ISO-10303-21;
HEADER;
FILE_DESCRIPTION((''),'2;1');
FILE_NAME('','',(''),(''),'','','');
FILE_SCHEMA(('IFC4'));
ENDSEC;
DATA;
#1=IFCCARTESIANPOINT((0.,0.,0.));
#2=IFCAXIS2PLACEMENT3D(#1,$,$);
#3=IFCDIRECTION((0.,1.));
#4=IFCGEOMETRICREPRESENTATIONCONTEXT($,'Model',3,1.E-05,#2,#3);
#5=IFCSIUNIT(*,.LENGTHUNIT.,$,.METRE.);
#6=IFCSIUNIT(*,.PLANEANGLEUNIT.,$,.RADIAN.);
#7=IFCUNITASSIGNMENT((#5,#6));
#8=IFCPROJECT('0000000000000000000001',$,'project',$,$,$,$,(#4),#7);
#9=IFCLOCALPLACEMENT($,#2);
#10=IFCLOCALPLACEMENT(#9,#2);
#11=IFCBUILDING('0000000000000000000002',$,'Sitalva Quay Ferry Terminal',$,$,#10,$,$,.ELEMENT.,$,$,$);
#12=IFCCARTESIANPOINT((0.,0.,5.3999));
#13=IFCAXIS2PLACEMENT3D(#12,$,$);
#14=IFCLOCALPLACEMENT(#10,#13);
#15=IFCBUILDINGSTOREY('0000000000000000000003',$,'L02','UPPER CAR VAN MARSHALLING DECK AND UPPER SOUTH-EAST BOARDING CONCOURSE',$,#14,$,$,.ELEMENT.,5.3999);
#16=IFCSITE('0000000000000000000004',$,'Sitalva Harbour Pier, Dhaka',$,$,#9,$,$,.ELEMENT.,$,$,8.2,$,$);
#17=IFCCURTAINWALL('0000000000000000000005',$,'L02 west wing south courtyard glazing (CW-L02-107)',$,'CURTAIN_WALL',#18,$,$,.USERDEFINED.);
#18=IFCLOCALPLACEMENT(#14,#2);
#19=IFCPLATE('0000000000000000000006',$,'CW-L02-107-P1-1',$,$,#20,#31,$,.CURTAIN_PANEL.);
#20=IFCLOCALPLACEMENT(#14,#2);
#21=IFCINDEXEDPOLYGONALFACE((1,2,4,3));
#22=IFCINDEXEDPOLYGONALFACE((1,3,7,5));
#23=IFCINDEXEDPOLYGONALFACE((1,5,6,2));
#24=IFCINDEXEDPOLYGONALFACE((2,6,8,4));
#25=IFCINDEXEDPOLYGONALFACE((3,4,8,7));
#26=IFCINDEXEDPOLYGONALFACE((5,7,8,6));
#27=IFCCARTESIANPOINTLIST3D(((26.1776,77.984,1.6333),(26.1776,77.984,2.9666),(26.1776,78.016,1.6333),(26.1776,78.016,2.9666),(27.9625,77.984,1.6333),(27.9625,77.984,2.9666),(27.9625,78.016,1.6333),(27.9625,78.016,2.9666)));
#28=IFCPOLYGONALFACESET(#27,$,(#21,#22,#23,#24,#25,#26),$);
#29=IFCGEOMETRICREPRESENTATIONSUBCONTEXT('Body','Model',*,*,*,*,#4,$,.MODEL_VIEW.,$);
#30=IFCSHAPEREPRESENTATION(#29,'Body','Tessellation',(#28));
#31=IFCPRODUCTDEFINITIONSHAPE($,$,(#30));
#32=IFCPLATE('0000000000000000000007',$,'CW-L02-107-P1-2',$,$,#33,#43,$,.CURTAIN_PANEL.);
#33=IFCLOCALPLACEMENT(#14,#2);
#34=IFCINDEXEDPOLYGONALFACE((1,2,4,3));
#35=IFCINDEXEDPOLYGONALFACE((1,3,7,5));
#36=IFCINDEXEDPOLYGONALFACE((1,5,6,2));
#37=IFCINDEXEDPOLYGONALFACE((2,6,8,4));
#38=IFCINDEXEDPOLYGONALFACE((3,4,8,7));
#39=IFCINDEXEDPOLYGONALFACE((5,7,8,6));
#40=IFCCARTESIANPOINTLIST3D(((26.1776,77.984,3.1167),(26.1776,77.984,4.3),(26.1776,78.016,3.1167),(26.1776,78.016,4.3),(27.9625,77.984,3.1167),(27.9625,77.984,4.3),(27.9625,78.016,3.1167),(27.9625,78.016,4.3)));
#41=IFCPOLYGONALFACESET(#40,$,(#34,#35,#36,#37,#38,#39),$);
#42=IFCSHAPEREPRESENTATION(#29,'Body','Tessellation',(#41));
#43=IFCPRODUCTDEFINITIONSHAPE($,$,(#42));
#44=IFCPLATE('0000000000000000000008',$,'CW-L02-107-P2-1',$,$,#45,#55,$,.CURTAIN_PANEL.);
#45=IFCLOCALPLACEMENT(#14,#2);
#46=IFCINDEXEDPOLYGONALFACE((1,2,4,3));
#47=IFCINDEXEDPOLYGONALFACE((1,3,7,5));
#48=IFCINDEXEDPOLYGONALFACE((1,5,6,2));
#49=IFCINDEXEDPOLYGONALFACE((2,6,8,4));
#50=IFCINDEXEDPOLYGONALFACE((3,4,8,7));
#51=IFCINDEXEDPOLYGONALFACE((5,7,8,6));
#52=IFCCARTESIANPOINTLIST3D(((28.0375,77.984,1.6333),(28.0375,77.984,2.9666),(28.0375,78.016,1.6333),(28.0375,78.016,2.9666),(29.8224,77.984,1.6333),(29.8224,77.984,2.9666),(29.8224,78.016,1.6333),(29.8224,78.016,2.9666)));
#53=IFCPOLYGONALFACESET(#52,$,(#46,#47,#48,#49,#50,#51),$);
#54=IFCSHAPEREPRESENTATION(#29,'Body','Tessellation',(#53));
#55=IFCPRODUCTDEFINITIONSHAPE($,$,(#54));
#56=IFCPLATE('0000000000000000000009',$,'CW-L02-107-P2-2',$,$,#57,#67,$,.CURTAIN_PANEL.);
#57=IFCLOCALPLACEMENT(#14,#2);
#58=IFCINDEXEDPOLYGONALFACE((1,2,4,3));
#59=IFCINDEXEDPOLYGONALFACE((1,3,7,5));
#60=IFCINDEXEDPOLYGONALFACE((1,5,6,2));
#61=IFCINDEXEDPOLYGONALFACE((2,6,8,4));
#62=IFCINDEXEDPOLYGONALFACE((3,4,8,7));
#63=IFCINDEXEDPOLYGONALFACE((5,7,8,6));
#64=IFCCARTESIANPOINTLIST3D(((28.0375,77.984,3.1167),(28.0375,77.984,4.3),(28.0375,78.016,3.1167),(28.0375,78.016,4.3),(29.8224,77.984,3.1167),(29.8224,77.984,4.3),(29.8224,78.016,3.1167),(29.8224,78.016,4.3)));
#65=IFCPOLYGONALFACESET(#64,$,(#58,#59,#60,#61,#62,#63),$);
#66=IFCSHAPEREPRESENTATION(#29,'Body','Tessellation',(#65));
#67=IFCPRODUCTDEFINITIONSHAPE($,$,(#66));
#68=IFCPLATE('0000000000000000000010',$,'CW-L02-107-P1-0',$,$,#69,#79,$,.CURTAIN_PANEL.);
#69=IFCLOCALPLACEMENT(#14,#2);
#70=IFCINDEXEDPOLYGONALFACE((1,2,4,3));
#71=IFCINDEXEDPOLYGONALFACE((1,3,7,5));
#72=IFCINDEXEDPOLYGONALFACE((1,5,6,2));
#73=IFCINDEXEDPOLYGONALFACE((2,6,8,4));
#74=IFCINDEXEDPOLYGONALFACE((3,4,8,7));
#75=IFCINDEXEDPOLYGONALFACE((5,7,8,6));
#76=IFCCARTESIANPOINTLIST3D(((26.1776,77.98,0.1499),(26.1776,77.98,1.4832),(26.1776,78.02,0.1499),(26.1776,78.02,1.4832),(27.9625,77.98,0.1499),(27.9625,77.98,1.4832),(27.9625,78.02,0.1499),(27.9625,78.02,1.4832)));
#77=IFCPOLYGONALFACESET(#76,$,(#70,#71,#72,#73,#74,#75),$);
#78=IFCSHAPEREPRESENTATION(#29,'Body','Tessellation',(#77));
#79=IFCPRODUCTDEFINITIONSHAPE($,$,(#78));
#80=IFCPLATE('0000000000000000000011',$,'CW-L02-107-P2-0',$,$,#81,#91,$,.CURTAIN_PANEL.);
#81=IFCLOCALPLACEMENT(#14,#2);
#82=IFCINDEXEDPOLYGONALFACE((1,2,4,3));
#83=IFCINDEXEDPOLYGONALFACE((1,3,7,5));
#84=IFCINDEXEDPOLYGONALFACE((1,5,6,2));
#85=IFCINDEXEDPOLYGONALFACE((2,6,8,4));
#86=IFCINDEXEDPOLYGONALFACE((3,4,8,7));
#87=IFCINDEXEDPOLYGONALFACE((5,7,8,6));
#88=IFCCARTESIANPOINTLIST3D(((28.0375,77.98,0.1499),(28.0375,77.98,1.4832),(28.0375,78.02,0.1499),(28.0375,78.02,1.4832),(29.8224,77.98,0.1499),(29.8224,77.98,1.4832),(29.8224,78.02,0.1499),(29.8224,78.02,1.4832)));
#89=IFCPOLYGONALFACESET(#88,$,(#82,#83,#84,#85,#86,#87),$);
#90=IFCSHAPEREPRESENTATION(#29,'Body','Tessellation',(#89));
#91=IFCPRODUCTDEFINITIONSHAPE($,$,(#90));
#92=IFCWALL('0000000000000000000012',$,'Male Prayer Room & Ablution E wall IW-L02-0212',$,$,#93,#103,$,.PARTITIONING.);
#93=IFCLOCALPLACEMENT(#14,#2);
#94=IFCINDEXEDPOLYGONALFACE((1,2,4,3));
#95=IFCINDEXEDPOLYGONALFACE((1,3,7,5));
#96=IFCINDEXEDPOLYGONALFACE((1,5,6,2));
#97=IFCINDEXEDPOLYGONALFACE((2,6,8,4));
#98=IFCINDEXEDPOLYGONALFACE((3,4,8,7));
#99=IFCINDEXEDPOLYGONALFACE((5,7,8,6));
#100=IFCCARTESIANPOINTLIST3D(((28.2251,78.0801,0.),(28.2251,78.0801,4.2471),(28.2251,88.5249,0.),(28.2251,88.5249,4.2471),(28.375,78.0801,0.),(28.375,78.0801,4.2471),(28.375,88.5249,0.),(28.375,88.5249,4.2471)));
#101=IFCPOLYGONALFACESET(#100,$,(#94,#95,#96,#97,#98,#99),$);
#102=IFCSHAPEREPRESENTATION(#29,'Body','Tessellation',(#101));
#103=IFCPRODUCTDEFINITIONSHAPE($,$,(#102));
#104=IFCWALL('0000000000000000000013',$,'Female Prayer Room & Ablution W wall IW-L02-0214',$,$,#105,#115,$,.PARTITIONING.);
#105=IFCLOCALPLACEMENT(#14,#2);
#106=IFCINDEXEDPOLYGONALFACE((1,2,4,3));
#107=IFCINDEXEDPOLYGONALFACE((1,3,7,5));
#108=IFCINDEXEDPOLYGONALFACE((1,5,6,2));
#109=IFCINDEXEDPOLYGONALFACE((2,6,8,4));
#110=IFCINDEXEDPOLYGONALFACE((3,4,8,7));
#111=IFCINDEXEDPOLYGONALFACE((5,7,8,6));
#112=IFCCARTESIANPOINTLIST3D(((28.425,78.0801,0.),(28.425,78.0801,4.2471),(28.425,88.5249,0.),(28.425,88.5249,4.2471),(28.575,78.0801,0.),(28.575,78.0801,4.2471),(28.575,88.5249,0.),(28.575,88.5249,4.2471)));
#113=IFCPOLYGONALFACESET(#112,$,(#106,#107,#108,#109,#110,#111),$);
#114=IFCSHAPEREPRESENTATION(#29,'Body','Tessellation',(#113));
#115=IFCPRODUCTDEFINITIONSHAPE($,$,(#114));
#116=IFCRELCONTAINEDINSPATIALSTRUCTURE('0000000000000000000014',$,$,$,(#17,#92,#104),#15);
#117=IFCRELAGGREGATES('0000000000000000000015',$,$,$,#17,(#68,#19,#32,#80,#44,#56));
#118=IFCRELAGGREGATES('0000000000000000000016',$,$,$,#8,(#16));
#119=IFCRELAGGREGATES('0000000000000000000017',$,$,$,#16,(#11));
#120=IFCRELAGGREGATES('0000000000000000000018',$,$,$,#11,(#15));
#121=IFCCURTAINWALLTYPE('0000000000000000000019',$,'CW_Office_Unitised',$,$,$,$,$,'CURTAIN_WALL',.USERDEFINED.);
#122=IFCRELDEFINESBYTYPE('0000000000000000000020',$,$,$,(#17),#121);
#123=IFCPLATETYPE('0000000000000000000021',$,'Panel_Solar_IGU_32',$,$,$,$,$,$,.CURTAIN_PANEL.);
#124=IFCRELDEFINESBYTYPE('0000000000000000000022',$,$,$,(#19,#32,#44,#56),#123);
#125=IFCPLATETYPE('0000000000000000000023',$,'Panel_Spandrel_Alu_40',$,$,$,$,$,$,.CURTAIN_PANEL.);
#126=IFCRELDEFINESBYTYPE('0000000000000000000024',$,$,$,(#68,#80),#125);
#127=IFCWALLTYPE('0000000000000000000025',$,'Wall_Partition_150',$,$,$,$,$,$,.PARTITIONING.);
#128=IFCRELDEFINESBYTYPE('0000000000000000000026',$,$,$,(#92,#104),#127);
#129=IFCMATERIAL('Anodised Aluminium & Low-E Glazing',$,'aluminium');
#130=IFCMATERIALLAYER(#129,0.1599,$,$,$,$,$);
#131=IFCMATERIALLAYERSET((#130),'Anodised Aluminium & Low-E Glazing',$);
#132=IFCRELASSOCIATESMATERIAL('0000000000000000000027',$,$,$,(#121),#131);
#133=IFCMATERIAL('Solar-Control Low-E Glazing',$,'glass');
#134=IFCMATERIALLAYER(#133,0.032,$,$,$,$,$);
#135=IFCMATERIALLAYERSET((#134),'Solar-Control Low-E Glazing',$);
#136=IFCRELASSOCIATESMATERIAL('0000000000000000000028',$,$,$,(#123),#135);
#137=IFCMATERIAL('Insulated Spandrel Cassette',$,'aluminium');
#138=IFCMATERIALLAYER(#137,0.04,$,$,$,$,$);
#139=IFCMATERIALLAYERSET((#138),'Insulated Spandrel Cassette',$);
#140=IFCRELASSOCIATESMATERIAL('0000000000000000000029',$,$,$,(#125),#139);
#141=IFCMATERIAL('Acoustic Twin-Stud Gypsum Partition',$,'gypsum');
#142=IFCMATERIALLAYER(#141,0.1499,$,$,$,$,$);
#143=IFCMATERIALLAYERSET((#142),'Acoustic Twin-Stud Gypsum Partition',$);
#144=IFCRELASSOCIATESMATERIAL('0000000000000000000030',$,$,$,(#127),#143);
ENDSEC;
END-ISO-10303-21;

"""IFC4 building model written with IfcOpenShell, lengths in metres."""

from ifc_helpers import new_model, si_unit, direction, frame, frame_2d, origin, origin_2d, place, context, subcontext, project, spatial, rectangle, extrude, material, layer, layer_set, type_object, element, aggregate, save


model = new_model("IFC4")

# Units and contexts
model_context = context("Model", 3, precision=1e-05, world=origin(), true_north=direction((0.0, 1.0)))
body_context = subcontext(model_context, "Body", "Model", "MODEL_VIEW")
ifc_project = project(units=[si_unit("LENGTHUNIT", "METRE"), si_unit("PLANEANGLEUNIT", "RADIAN")], contexts=[model_context])

# Site, building, storey
site_placement = place(None, origin())
site = spatial("IfcSite", under=ifc_project, at=site_placement, Name="Sitalva Harbour Pier, Dhaka", CompositionType="ELEMENT", RefElevation=8.2)
building_placement = place(site_placement, origin())
building = spatial("IfcBuilding", under=site, at=building_placement, Name="Sitalva Quay Ferry Terminal", CompositionType="ELEMENT")
storey_placement = place(building_placement, frame((0.0, 0.0, 5.3999)))
storey = spatial("IfcBuildingStorey", under=building, at=storey_placement, Name="L02", Description="UPPER CAR VAN MARSHALLING DECK AND UPPER SOUTH-EAST BOARDING CONCOURSE", CompositionType="ELEMENT", Elevation=5.3999)

# Curtain wall, plates
ifc_material_1 = material(Name="Anodised Aluminium & Low-E Glazing", Category="aluminium")
ifc_layer_1 = layer(ifc_material_1, 0.1599)
ifc_layer_set_1 = layer_set([ifc_layer_1], Name="Anodised Aluminium & Low-E Glazing")
curtain_wall_type = type_object("IfcCurtainWallType", Name="CW_Office_Unitised", ElementType="CURTAIN_WALL", PredefinedType="USERDEFINED", material=ifc_layer_set_1)
curtain_wall_placement = place(storey_placement, origin())
curtain_wall = element("IfcCurtainWall", 1, at=curtain_wall_placement, inside=storey, type_object=curtain_wall_type, Name="L02 west wing south courtyard glazing (CW-L02-107)", ObjectType="CURTAIN_WALL", PredefinedType="USERDEFINED")
ifc_material_2 = material(Name="Solar-Control Low-E Glazing", Category="glass")
ifc_layer_2 = layer(ifc_material_2, 0.032)
ifc_layer_set_2 = layer_set([ifc_layer_2], Name="Solar-Control Low-E Glazing")
plate_type_1 = type_object("IfcPlateType", Name="Panel_Solar_IGU_32", PredefinedType="CURTAIN_PANEL", material=ifc_layer_set_2)
plate_1_placement = place(storey_placement, frame((27.0701, 78.0, 1.6333), z_axis=(0.0, 0.0, 1.0), x_axis=(1.0, 0.0, 0.0)))
plate_1 = element("IfcPlate", 2, at=plate_1_placement, type_object=plate_type_1, Name="CW-L02-107-P1-1", PredefinedType="CURTAIN_PANEL", context=body_context, shape_type="SweptSolid", body=[
    extrude(rectangle(XDim=1.7849, YDim=0.032, at=origin_2d()), origin(), (0.0, 0.0, 1.0), 1.3333),
])
plate_2_placement = place(storey_placement, frame((27.0701, 78.0, 3.1167), z_axis=(0.0, 0.0, 1.0), x_axis=(1.0, 0.0, 0.0)))
plate_2 = element("IfcPlate", 3, at=plate_2_placement, type_object=plate_type_1, Name="CW-L02-107-P1-2", PredefinedType="CURTAIN_PANEL", context=body_context, shape_type="SweptSolid", body=[
    extrude(rectangle(XDim=1.7849, YDim=0.032, at=origin_2d()), origin(), (0.0, 0.0, 1.0), 1.1833),
])
plate_3_placement = place(storey_placement, frame((28.9299, 78.0, 1.6333), z_axis=(0.0, 0.0, 1.0), x_axis=(1.0, 0.0, 0.0)))
plate_3 = element("IfcPlate", 4, at=plate_3_placement, type_object=plate_type_1, Name="CW-L02-107-P2-1", PredefinedType="CURTAIN_PANEL", context=body_context, shape_type="SweptSolid", body=[
    extrude(rectangle(XDim=1.7849, YDim=0.032, at=origin_2d()), origin(), (0.0, 0.0, 1.0), 1.3333),
])
plate_4_placement = place(storey_placement, frame((28.9299, 78.0, 3.1167), z_axis=(0.0, 0.0, 1.0), x_axis=(1.0, 0.0, 0.0)))
plate_4 = element("IfcPlate", 5, at=plate_4_placement, type_object=plate_type_1, Name="CW-L02-107-P2-2", PredefinedType="CURTAIN_PANEL", context=body_context, shape_type="SweptSolid", body=[
    extrude(rectangle(XDim=1.7849, YDim=0.032, at=origin_2d()), origin(), (0.0, 0.0, 1.0), 1.1833),
])
ifc_material_3 = material(Name="Insulated Spandrel Cassette", Category="aluminium")
ifc_layer_3 = layer(ifc_material_3, 0.04)
ifc_layer_set_3 = layer_set([ifc_layer_3], Name="Insulated Spandrel Cassette")
plate_type_2 = type_object("IfcPlateType", Name="Panel_Spandrel_Alu_40", PredefinedType="CURTAIN_PANEL", material=ifc_layer_set_3)
plate_5_placement = place(storey_placement, frame((27.0701, 78.0, 0.1499), z_axis=(0.0, 0.0, 1.0), x_axis=(1.0, 0.0, 0.0)))
plate_5 = element("IfcPlate", 6, at=plate_5_placement, type_object=plate_type_2, Name="CW-L02-107-P1-0", PredefinedType="CURTAIN_PANEL", context=body_context, shape_type="SweptSolid", body=[
    extrude(rectangle(XDim=1.7849, YDim=0.04, at=origin_2d()), origin(), (0.0, 0.0, 1.0), 1.3333),
])
plate_6_placement = place(storey_placement, frame((28.9299, 78.0, 0.1499), z_axis=(0.0, 0.0, 1.0), x_axis=(1.0, 0.0, 0.0)))
plate_6 = element("IfcPlate", 7, at=plate_6_placement, type_object=plate_type_2, Name="CW-L02-107-P2-0", PredefinedType="CURTAIN_PANEL", context=body_context, shape_type="SweptSolid", body=[
    extrude(rectangle(XDim=1.7849, YDim=0.04, at=origin_2d()), origin(), (0.0, 0.0, 1.0), 1.3333),
])
aggregate(curtain_wall, [plate_5, plate_1, plate_2, plate_6, plate_3, plate_4])

# Walls
ifc_material_4 = material(Name="Acoustic Twin-Stud Gypsum Partition", Category="gypsum")
ifc_layer_4 = layer(ifc_material_4, 0.1499)
ifc_layer_set_4 = layer_set([ifc_layer_4], Name="Acoustic Twin-Stud Gypsum Partition")
wall_type = type_object("IfcWallType", Name="Wall_Partition_150", PredefinedType="PARTITIONING", material=ifc_layer_set_4)
for number, where, z_axis, x_axis, name in (
    (8, (28.3, 78.0801, 0.0), (0.0, 0.0, 1.0), (0.0, 1.0, 0.0), "Male Prayer Room & Ablution E wall IW-L02-0212"),
    (9, (28.5, 78.0801, 0.0), (0.0, 0.0, 1.0), (0.0, 1.0, 0.0), "Female Prayer Room & Ablution W wall IW-L02-0214"),
):
    element("IfcWall", number, at=place(storey_placement, frame(where, z_axis=z_axis, x_axis=x_axis)), inside=storey, type_object=wall_type, Name=name, PredefinedType="PARTITIONING", context=body_context, shape_type="SweptSolid", body=[
        extrude(rectangle(XDim=10.4448, YDim=0.1499, at=frame_2d((5.2224, 0.0))), origin(), (0.0, 0.0, 1.0), 4.2471),
    ])

save(model, "model.ifc")
